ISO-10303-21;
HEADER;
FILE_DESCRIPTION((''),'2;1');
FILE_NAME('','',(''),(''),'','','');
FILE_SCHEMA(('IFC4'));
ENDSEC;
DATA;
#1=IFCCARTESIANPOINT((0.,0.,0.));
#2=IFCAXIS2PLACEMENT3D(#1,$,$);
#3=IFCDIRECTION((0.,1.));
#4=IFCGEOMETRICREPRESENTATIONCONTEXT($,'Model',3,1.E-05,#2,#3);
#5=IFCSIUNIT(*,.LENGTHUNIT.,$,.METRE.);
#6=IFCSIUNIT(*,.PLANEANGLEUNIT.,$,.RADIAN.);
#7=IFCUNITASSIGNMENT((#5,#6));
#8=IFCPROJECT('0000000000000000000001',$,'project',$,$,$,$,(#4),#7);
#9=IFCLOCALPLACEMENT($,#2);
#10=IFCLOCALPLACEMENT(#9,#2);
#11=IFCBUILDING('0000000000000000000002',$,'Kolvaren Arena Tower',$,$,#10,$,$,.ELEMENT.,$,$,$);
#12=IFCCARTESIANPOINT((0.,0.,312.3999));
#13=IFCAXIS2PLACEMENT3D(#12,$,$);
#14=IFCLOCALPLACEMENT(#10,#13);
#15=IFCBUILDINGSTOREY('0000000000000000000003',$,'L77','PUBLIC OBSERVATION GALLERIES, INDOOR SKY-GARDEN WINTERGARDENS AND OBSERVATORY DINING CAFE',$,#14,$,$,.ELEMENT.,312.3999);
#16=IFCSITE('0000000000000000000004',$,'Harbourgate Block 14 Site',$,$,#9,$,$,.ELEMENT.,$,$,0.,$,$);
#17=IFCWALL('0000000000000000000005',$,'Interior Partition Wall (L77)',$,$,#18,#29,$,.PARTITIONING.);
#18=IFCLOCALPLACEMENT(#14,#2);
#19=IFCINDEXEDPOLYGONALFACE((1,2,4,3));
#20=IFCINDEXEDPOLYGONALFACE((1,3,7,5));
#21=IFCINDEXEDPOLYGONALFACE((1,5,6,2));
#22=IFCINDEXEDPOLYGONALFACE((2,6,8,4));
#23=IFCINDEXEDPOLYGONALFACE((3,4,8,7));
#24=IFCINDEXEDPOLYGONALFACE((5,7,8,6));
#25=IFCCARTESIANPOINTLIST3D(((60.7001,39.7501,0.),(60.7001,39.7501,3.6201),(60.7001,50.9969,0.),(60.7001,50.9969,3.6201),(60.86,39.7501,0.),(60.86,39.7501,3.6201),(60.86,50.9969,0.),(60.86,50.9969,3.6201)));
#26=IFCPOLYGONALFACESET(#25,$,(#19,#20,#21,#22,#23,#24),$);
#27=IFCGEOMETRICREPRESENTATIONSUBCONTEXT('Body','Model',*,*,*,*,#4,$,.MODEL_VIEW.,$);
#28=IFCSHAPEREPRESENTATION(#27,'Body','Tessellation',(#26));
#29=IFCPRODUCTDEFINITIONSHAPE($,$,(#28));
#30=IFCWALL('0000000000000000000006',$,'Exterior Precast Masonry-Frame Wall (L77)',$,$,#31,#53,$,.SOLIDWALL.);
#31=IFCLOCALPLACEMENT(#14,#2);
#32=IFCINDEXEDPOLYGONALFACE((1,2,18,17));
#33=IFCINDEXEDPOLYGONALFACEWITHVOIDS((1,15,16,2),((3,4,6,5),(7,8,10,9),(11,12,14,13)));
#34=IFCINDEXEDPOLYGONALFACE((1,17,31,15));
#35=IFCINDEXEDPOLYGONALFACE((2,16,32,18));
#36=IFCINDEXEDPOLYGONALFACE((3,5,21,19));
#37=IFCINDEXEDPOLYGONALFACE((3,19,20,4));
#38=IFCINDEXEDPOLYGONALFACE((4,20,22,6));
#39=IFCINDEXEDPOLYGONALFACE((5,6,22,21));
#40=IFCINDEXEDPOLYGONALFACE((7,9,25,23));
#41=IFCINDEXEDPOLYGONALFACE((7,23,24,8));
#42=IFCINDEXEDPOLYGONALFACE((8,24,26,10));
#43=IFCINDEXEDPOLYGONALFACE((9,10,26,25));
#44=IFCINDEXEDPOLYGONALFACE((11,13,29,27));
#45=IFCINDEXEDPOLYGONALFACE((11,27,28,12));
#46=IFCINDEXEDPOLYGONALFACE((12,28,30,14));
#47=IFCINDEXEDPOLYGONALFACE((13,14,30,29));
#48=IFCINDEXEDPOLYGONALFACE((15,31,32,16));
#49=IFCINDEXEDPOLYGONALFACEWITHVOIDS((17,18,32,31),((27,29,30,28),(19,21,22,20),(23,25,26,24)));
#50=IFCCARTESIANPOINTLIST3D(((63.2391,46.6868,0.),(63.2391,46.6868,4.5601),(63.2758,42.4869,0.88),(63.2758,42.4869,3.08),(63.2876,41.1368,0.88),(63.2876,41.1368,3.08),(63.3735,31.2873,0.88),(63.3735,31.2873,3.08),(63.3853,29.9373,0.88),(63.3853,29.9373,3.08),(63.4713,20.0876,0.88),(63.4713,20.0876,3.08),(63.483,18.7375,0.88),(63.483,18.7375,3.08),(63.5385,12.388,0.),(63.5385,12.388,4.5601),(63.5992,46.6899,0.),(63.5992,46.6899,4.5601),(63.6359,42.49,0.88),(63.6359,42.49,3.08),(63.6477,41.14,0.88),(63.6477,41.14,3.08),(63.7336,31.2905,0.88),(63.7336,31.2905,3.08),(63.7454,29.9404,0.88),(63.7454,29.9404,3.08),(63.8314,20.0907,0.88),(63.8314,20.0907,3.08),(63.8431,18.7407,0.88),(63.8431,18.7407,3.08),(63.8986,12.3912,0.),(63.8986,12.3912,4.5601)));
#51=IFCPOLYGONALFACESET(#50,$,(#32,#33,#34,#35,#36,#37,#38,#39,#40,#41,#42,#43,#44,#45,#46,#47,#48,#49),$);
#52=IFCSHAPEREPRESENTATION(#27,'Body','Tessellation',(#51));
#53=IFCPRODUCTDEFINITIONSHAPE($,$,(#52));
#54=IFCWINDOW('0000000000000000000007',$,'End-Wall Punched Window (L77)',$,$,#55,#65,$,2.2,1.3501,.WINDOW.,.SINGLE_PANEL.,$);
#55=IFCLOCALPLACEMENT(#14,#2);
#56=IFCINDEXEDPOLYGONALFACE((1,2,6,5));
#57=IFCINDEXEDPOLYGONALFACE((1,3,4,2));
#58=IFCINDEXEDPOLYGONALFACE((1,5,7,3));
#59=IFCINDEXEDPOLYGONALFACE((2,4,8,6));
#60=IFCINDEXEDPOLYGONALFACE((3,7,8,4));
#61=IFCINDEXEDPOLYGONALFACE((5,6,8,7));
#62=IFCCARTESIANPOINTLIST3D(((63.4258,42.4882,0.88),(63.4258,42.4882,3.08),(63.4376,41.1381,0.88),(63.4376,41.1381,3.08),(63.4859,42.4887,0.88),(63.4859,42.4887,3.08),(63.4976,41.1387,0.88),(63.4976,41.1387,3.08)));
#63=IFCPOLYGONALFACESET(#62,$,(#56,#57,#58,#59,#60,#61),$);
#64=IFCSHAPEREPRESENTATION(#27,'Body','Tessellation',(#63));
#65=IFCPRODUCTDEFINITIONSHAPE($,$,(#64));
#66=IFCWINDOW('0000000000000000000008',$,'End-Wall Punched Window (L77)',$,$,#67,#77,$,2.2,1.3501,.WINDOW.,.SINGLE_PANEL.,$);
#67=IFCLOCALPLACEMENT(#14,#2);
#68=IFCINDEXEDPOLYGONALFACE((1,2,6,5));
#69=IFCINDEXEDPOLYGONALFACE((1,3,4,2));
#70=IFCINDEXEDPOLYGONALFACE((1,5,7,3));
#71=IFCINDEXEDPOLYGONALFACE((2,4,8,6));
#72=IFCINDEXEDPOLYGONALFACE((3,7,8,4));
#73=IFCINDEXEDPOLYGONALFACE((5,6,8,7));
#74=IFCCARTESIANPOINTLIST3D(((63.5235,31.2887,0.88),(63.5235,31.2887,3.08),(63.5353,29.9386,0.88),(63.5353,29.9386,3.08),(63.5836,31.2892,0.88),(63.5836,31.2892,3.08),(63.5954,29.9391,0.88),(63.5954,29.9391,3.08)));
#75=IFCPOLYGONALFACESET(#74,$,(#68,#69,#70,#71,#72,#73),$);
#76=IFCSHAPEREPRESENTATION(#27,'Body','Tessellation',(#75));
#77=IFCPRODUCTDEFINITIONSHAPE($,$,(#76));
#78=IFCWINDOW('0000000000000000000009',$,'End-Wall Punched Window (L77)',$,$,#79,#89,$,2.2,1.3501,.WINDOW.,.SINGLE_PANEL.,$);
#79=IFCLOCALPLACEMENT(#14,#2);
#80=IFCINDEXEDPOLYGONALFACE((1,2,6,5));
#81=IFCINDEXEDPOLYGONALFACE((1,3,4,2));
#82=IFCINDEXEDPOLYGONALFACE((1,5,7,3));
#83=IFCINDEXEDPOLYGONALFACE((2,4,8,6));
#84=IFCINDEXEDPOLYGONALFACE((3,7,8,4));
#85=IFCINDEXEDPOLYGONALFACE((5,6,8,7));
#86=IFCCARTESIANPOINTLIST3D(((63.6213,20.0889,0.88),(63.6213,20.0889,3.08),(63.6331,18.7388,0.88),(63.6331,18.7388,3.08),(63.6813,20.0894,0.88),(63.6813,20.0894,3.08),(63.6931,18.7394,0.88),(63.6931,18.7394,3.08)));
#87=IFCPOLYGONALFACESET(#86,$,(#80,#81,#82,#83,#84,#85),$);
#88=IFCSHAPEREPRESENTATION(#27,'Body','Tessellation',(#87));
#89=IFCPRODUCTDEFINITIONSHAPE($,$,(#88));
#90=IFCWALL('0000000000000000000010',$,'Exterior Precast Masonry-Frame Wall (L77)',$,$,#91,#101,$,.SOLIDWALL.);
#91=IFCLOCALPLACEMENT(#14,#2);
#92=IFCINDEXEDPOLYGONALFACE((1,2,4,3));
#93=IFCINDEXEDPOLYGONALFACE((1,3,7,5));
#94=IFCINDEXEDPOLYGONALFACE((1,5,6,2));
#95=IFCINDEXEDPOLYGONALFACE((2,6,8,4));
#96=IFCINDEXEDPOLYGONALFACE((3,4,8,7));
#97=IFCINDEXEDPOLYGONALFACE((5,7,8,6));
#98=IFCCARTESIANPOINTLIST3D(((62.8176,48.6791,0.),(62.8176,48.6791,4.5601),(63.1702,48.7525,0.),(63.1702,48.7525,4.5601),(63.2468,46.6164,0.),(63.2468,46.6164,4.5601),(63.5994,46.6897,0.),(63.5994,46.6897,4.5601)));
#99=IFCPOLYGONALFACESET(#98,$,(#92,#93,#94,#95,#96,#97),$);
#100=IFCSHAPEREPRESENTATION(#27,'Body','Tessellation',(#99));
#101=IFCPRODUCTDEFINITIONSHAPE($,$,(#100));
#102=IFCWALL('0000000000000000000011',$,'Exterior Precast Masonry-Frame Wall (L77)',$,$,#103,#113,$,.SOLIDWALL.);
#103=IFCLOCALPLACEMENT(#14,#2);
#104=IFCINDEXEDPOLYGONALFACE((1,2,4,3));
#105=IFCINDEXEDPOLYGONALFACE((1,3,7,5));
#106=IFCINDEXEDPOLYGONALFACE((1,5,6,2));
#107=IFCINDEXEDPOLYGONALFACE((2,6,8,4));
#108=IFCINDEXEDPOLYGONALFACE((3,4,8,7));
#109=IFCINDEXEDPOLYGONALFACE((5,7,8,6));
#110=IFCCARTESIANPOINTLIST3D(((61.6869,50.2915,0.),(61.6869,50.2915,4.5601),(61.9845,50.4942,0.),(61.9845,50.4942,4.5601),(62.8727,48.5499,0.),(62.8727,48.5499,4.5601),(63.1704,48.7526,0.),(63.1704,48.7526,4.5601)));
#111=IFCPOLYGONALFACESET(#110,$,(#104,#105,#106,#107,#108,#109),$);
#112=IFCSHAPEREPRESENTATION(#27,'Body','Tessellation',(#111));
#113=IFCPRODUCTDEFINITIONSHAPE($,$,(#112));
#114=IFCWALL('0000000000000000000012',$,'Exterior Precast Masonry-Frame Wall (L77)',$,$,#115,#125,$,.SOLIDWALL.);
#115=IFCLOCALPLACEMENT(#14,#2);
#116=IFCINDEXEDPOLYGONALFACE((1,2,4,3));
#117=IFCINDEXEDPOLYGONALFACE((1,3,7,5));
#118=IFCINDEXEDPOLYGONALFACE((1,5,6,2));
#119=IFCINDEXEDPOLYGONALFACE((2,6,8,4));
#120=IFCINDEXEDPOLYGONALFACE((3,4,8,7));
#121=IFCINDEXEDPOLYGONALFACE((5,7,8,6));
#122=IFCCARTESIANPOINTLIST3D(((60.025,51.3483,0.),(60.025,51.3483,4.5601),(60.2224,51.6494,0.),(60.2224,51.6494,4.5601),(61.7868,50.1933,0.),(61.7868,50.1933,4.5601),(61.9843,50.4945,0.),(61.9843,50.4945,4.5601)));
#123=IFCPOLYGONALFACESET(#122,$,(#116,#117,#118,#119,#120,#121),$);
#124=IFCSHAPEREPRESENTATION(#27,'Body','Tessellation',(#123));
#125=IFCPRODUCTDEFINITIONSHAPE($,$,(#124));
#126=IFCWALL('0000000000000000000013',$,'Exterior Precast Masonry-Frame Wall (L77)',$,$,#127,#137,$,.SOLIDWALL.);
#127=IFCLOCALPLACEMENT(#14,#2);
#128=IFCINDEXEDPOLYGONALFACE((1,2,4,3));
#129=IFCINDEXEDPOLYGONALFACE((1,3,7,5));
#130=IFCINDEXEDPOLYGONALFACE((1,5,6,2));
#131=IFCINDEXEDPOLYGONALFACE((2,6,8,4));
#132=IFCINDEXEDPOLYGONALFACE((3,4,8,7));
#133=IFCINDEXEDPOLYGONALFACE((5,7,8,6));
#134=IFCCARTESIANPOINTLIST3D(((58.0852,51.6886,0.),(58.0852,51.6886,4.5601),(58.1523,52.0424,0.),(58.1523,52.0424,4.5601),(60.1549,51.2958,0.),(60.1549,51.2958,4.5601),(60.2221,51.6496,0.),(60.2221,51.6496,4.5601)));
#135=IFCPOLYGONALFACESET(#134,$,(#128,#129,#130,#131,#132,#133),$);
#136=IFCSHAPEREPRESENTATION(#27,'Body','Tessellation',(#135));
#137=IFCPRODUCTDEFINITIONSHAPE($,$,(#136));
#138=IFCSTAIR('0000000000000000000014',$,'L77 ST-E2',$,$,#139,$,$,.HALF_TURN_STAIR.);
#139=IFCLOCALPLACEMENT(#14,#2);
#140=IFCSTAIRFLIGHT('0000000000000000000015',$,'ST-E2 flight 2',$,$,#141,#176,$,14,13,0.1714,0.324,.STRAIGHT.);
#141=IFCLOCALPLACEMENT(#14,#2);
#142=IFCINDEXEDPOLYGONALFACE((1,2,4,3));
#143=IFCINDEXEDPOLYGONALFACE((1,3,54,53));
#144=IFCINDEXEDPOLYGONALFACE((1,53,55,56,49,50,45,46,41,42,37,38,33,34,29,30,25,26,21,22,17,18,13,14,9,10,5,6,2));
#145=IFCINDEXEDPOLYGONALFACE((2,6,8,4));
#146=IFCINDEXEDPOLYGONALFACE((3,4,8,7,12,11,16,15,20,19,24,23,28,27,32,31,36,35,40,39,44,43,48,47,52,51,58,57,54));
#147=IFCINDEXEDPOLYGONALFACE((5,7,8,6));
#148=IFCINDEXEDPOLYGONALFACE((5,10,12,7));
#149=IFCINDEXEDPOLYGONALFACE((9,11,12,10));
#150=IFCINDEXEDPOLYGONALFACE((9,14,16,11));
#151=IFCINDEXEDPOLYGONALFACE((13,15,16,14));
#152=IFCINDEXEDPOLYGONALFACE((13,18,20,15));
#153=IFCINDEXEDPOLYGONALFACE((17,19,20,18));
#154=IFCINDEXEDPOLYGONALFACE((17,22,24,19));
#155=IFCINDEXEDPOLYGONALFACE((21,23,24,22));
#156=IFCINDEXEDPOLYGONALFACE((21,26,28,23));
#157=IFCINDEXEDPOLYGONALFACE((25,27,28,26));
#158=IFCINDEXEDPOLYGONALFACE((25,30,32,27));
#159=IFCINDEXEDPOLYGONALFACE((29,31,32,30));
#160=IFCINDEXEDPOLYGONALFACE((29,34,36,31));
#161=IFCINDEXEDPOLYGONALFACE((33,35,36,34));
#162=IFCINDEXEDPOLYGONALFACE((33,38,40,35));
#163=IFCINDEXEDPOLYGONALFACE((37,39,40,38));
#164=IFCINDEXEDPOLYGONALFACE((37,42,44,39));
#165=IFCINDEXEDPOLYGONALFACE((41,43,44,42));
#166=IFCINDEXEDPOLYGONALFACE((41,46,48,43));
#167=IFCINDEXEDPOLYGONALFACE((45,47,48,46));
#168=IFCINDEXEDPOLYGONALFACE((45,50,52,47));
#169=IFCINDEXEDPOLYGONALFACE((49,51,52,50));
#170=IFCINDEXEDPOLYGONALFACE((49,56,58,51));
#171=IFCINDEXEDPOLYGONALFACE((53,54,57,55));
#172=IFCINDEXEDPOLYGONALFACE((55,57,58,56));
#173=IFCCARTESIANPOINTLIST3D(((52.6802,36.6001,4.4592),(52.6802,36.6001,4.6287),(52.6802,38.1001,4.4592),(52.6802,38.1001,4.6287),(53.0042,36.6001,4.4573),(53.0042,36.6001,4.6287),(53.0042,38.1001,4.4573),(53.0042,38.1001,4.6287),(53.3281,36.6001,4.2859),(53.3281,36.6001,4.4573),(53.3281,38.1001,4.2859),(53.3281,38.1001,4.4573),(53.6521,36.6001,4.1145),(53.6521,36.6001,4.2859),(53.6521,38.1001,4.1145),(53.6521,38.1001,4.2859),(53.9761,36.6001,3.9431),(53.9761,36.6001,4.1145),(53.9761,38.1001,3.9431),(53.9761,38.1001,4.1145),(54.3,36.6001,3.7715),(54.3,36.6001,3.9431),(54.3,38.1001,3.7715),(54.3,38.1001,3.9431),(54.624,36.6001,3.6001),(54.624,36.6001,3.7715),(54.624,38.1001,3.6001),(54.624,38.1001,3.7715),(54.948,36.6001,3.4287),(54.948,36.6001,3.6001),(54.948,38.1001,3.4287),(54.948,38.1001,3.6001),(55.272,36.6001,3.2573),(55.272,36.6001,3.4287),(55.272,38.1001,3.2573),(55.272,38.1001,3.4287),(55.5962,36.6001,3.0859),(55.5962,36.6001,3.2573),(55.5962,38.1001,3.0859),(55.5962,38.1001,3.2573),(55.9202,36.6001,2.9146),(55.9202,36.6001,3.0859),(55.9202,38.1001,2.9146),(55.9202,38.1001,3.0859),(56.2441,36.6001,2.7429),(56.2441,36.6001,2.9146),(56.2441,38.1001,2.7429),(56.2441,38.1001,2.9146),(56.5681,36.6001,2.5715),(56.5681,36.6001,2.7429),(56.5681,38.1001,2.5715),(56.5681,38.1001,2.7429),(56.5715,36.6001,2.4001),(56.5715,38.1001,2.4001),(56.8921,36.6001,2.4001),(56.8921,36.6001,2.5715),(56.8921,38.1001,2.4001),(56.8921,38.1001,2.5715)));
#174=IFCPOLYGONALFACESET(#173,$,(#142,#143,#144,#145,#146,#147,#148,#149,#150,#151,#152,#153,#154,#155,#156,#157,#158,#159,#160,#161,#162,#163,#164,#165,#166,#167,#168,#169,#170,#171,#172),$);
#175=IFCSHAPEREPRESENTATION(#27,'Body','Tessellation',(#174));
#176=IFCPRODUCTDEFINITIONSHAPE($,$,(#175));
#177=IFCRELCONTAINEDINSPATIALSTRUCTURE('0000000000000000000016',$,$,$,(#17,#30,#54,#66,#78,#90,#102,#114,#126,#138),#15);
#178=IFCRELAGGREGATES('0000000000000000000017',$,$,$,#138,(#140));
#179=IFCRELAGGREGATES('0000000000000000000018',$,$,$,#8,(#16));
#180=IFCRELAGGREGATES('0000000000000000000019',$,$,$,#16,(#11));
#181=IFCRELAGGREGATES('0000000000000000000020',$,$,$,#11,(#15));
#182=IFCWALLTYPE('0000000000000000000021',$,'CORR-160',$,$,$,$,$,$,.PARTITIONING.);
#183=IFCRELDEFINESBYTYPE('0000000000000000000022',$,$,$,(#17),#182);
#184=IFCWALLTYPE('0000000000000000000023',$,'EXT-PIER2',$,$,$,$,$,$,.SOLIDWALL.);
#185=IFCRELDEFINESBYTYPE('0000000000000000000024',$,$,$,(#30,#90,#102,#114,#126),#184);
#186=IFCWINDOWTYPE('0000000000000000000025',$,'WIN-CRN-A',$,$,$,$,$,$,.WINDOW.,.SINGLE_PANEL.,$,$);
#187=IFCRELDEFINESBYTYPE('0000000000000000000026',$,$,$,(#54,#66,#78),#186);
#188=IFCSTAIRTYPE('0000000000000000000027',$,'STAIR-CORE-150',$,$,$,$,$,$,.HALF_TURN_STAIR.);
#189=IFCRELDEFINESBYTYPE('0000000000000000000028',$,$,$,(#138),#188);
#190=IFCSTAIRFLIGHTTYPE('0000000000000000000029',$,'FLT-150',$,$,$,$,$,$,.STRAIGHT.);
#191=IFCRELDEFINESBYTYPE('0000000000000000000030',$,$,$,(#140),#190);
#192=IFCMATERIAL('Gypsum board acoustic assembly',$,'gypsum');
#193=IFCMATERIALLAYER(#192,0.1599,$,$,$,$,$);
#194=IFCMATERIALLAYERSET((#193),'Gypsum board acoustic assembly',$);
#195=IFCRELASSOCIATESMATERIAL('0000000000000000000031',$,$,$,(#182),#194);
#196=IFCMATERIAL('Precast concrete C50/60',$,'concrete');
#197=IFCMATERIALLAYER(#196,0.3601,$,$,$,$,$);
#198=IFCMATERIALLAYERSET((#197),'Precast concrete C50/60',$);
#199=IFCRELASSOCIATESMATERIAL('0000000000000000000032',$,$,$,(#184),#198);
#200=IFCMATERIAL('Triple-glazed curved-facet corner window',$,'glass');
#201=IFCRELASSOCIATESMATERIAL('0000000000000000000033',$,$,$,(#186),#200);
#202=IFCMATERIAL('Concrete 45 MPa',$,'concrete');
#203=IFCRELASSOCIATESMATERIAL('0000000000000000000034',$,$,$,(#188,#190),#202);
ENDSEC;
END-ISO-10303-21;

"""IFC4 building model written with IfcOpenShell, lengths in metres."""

from ifc_helpers import new_model, si_unit, direction, frame, frame_2d, origin, place, context, subcontext, project, spatial, polyline, rectangle, outline, extrude, material, layer, layer_set, type_object, element, fill, aggregate, save


model = new_model("IFC4")

# Units and contexts
model_context = context("Model", 3, precision=1e-05, world=origin(), true_north=direction((0.0, 1.0)))
body_context = subcontext(model_context, "Body", "Model", "MODEL_VIEW")
ifc_project = project(units=[si_unit("LENGTHUNIT", "METRE"), si_unit("PLANEANGLEUNIT", "RADIAN")], contexts=[model_context])

# Site, building, storey
site_placement = place(None, origin())
site = spatial("IfcSite", under=ifc_project, at=site_placement, Name="Harbourgate Block 14 Site", CompositionType="ELEMENT", RefElevation=0.0)
building_placement = place(site_placement, origin())
building = spatial("IfcBuilding", under=site, at=building_placement, Name="Kolvaren Arena Tower", CompositionType="ELEMENT")
storey_placement = place(building_placement, frame((0.0, 0.0, 312.3999)))
storey = spatial("IfcBuildingStorey", under=building, at=storey_placement, Name="L77", Description="PUBLIC OBSERVATION GALLERIES, INDOOR SKY-GARDEN WINTERGARDENS AND OBSERVATORY DINING CAFE", CompositionType="ELEMENT", Elevation=312.3999)

# Shared definitions
ifc_material_1 = material(Name="Precast concrete C50/60", Category="concrete")

# Wall
ifc_material_2 = material(Name="Gypsum board acoustic assembly", Category="gypsum")
ifc_layer_1 = layer(ifc_material_2, 0.1599)
ifc_layer_set_1 = layer_set([ifc_layer_1], Name="Gypsum board acoustic assembly")
wall_type_1 = type_object("IfcWallType", Name="CORR-160", PredefinedType="PARTITIONING", material=ifc_layer_set_1)
wall_1_placement = place(storey_placement, frame((60.78, 39.75, 0.0), z_axis=(0.0, 0.0, 1.0), x_axis=(0.0, 1.0, 0.0)))
element("IfcWall", 1, at=wall_1_placement, inside=storey, type_object=wall_type_1, Name="Interior Partition Wall (L77)", PredefinedType="PARTITIONING", context=body_context, shape_type="SweptSolid", body=[
    extrude(rectangle(XDim=11.2468, YDim=0.1599, at=frame_2d((5.6235, 0.0))), origin(), (0.0, 0.0, 1.0), 3.6201),
])

# Wall, openings, windows
ifc_layer_2 = layer(ifc_material_1, 0.3601)
ifc_layer_set_2 = layer_set([ifc_layer_2], Name="Precast concrete C50/60")
wall_type_2 = type_object("IfcWallType", Name="EXT-PIER2", PredefinedType="SOLIDWALL", material=ifc_layer_set_2)
wall_2_placement = place(storey_placement, frame((63.4192, 46.6882, 0.0), z_axis=(0.0, 0.0, 1.0), x_axis=(0.008726, -0.999962, 0.0)))
wall_2 = element("IfcWall", 2, at=wall_2_placement, inside=storey, type_object=wall_type_2, Name="Exterior Precast Masonry-Frame Wall (L77)", PredefinedType="SOLIDWALL", context=body_context, shape_type="SweptSolid", body=[
    extrude(rectangle(XDim=34.3, YDim=0.3601, at=frame_2d((17.1499, 0.0))), origin(), (0.0, 0.0, 1.0), 4.5601),
])
opening_1_placement = place(wall_2_placement, frame((4.2, 0.0, 0.8799)))
opening_1 = element("IfcOpeningElement", 3, at=opening_1_placement, cuts=wall_2, PredefinedType="OPENING", context=body_context, shape_type="SweptSolid", body=[
    extrude(rectangle(XDim=1.3501, YDim=2.2, at=frame_2d((0.675, 1.1001))), frame((0.0, 0.1899, 0.0), z_axis=(0.0, -1.0, 0.0), x_axis=(1.0, 0.0, 0.0)), (0.0, 0.0, 1.0), 0.3801),
])
opening_2_placement = place(wall_2_placement, frame((15.3999, 0.0, 0.8799)))
opening_2 = element("IfcOpeningElement", 4, at=opening_2_placement, cuts=wall_2, PredefinedType="OPENING", context=body_context, shape_type="SweptSolid", body=[
    extrude(rectangle(XDim=1.3501, YDim=2.2, at=frame_2d((0.675, 1.1001))), frame((0.0, 0.1899, 0.0), z_axis=(0.0, -1.0, 0.0), x_axis=(1.0, 0.0, 0.0)), (0.0, 0.0, 1.0), 0.3801),
])
opening_3_placement = place(wall_2_placement, frame((26.6001, 0.0, 0.8799)))
opening_3 = element("IfcOpeningElement", 5, at=opening_3_placement, cuts=wall_2, PredefinedType="OPENING", context=body_context, shape_type="SweptSolid", body=[
    extrude(rectangle(XDim=1.3501, YDim=2.2, at=frame_2d((0.675, 1.1001))), frame((0.0, 0.1899, 0.0), z_axis=(0.0, -1.0, 0.0), x_axis=(1.0, 0.0, 0.0)), (0.0, 0.0, 1.0), 0.3801),
])
ifc_material_3 = material(Name="Triple-glazed curved-facet corner window", Category="glass")
window_type = type_object("IfcWindowType", Name="WIN-CRN-A", PartitioningType="SINGLE_PANEL", PredefinedType="WINDOW", material=ifc_material_3)
window_1_placement = place(opening_1_placement, origin())
window_1 = element("IfcWindow", 6, at=window_1_placement, inside=storey, type_object=window_type, Name="End-Wall Punched Window (L77)", OverallHeight=2.2, OverallWidth=1.3501, PartitioningType="SINGLE_PANEL", PredefinedType="WINDOW", context=body_context, shape_type="SweptSolid", body=[
    extrude(rectangle(XDim=1.3501, YDim=2.2, at=frame_2d((0.675, 1.1001))), frame((0.0, 0.03, 0.0), z_axis=(0.0, -1.0, 0.0), x_axis=(1.0, 0.0, 0.0)), (0.0, 0.0, 1.0), 0.0601),
])
fill(opening_1, window_1)
window_2_placement = place(opening_2_placement, origin())
window_2 = element("IfcWindow", 7, at=window_2_placement, inside=storey, type_object=window_type, Name="End-Wall Punched Window (L77)", OverallHeight=2.2, OverallWidth=1.3501, PartitioningType="SINGLE_PANEL", PredefinedType="WINDOW", context=body_context, shape_type="SweptSolid", body=[
    extrude(rectangle(XDim=1.3501, YDim=2.2, at=frame_2d((0.675, 1.1001))), frame((0.0, 0.03, 0.0), z_axis=(0.0, -1.0, 0.0), x_axis=(1.0, 0.0, 0.0)), (0.0, 0.0, 1.0), 0.0601),
])
fill(opening_2, window_2)
window_3_placement = place(opening_3_placement, origin())
window_3 = element("IfcWindow", 8, at=window_3_placement, inside=storey, type_object=window_type, Name="End-Wall Punched Window (L77)", OverallHeight=2.2, OverallWidth=1.3501, PartitioningType="SINGLE_PANEL", PredefinedType="WINDOW", context=body_context, shape_type="SweptSolid", body=[
    extrude(rectangle(XDim=1.3501, YDim=2.2, at=frame_2d((0.675, 1.1001))), frame((0.0, 0.03, 0.0), z_axis=(0.0, -1.0, 0.0), x_axis=(1.0, 0.0, 0.0)), (0.0, 0.0, 1.0), 0.0601),
])
fill(opening_3, window_3)

# Walls
for number, where, z_axis, x_axis, name in (
    (9, (62.9939, 48.7158, 0.0), (0.0, 0.0, 1.0), (0.203709, -0.979031, 0.0), "Exterior Precast Masonry-Frame Wall (L77)"),
    (10, (61.8357, 50.3928, 0.0), (0.0, 0.0, 1.0), (0.56283, -0.826573, 0.0), "Exterior Precast Masonry-Frame Wall (L77)"),
):
    element("IfcWall", number, at=place(storey_placement, frame(where, z_axis=z_axis, x_axis=x_axis)), inside=storey, type_object=wall_type_2, Name=name, PredefinedType="SOLIDWALL", context=body_context, shape_type="SweptSolid", body=[
        extrude(rectangle(XDim=2.1069, YDim=0.3601, at=frame_2d((1.0535, 0.0))), origin(), (0.0, 0.0, 1.0), 4.5601),
    ])
for number, where, z_axis, x_axis, name in (
    (11, (60.1238, 51.4988, 0.0), (0.0, 0.0, 1.0), (0.836322, -0.548239, 0.0), "Exterior Precast Masonry-Frame Wall (L77)"),
    (12, (58.1189, 51.8655, 0.0), (0.0, 0.0, 1.0), (0.982463, -0.186457, 0.0), "Exterior Precast Masonry-Frame Wall (L77)"),
):
    element("IfcWall", number, at=place(storey_placement, frame(where, z_axis=z_axis, x_axis=x_axis)), inside=storey, type_object=wall_type_2, Name=name, PredefinedType="SOLIDWALL", context=body_context, shape_type="SweptSolid", body=[
        extrude(rectangle(XDim=2.1067, YDim=0.3601, at=frame_2d((1.0532, 0.0))), origin(), (0.0, 0.0, 1.0), 4.5601),
    ])

# Stair, stair flight
ifc_material_4 = material(Name="Concrete 45 MPa", Category="concrete")
stair_type = type_object("IfcStairType", Name="STAIR-CORE-150", PredefinedType="HALF_TURN_STAIR", material=ifc_material_4)
stair_placement = place(storey_placement, origin())
stair = element("IfcStair", 13, at=stair_placement, inside=storey, type_object=stair_type, Name="L77 ST-E2", PredefinedType="HALF_TURN_STAIR")
stair_flight_type = type_object("IfcStairFlightType", Name="FLT-150", PredefinedType="STRAIGHT", material=ifc_material_4)
stair_flight_placement = place(storey_placement, frame((56.8921, 37.3501, 2.4001), z_axis=(0.0, 0.0, 1.0), x_axis=(-1.0, 0.0, 0.0)))
stair_flight = element("IfcStairFlight", 14, at=stair_flight_placement, type_object=stair_flight_type, Name="ST-E2 flight 2", NumberOfRisers=14, NumberOfTreads=13, PredefinedType="STRAIGHT", RiserHeight=0.1714, TreadLength=0.324, context=body_context, shape_type="SweptSolid", body=[
    extrude(outline(polyline([(0.0, 0.0), (0.0, 0.1714), (0.324, 0.1714), (0.324, 0.3428), (0.6479, 0.3428), (0.6479, 0.5144), (0.9719, 0.5144), (0.9719, 0.6858), (1.2959, 0.6858), (1.2959, 0.8572), (1.6201, 0.8572), (1.6201, 1.0286), (1.9441, 1.0286), (1.9441, 1.2), (2.2681, 1.2), (2.2681, 1.3713), (2.592, 1.3713), (2.592, 1.543), (2.916, 1.543), (2.916, 1.7144), (3.24, 1.7144), (3.24, 1.8857), (3.564, 1.8857), (3.564, 2.0571), (3.8879, 2.0571), (3.8879, 2.2285), (4.2119, 2.2285), (4.2119, 2.3999), (4.2119, 2.0591), (0.3206, 0.0), (0.0, 0.0)])), frame((0.0, 0.75, 0.0), z_axis=(0.0, -1.0, 0.0), x_axis=(1.0, 0.0, 0.0)), (0.0, 0.0, 1.0), 1.5),
])
aggregate(stair, [stair_flight])

save(model, "model.ifc")
